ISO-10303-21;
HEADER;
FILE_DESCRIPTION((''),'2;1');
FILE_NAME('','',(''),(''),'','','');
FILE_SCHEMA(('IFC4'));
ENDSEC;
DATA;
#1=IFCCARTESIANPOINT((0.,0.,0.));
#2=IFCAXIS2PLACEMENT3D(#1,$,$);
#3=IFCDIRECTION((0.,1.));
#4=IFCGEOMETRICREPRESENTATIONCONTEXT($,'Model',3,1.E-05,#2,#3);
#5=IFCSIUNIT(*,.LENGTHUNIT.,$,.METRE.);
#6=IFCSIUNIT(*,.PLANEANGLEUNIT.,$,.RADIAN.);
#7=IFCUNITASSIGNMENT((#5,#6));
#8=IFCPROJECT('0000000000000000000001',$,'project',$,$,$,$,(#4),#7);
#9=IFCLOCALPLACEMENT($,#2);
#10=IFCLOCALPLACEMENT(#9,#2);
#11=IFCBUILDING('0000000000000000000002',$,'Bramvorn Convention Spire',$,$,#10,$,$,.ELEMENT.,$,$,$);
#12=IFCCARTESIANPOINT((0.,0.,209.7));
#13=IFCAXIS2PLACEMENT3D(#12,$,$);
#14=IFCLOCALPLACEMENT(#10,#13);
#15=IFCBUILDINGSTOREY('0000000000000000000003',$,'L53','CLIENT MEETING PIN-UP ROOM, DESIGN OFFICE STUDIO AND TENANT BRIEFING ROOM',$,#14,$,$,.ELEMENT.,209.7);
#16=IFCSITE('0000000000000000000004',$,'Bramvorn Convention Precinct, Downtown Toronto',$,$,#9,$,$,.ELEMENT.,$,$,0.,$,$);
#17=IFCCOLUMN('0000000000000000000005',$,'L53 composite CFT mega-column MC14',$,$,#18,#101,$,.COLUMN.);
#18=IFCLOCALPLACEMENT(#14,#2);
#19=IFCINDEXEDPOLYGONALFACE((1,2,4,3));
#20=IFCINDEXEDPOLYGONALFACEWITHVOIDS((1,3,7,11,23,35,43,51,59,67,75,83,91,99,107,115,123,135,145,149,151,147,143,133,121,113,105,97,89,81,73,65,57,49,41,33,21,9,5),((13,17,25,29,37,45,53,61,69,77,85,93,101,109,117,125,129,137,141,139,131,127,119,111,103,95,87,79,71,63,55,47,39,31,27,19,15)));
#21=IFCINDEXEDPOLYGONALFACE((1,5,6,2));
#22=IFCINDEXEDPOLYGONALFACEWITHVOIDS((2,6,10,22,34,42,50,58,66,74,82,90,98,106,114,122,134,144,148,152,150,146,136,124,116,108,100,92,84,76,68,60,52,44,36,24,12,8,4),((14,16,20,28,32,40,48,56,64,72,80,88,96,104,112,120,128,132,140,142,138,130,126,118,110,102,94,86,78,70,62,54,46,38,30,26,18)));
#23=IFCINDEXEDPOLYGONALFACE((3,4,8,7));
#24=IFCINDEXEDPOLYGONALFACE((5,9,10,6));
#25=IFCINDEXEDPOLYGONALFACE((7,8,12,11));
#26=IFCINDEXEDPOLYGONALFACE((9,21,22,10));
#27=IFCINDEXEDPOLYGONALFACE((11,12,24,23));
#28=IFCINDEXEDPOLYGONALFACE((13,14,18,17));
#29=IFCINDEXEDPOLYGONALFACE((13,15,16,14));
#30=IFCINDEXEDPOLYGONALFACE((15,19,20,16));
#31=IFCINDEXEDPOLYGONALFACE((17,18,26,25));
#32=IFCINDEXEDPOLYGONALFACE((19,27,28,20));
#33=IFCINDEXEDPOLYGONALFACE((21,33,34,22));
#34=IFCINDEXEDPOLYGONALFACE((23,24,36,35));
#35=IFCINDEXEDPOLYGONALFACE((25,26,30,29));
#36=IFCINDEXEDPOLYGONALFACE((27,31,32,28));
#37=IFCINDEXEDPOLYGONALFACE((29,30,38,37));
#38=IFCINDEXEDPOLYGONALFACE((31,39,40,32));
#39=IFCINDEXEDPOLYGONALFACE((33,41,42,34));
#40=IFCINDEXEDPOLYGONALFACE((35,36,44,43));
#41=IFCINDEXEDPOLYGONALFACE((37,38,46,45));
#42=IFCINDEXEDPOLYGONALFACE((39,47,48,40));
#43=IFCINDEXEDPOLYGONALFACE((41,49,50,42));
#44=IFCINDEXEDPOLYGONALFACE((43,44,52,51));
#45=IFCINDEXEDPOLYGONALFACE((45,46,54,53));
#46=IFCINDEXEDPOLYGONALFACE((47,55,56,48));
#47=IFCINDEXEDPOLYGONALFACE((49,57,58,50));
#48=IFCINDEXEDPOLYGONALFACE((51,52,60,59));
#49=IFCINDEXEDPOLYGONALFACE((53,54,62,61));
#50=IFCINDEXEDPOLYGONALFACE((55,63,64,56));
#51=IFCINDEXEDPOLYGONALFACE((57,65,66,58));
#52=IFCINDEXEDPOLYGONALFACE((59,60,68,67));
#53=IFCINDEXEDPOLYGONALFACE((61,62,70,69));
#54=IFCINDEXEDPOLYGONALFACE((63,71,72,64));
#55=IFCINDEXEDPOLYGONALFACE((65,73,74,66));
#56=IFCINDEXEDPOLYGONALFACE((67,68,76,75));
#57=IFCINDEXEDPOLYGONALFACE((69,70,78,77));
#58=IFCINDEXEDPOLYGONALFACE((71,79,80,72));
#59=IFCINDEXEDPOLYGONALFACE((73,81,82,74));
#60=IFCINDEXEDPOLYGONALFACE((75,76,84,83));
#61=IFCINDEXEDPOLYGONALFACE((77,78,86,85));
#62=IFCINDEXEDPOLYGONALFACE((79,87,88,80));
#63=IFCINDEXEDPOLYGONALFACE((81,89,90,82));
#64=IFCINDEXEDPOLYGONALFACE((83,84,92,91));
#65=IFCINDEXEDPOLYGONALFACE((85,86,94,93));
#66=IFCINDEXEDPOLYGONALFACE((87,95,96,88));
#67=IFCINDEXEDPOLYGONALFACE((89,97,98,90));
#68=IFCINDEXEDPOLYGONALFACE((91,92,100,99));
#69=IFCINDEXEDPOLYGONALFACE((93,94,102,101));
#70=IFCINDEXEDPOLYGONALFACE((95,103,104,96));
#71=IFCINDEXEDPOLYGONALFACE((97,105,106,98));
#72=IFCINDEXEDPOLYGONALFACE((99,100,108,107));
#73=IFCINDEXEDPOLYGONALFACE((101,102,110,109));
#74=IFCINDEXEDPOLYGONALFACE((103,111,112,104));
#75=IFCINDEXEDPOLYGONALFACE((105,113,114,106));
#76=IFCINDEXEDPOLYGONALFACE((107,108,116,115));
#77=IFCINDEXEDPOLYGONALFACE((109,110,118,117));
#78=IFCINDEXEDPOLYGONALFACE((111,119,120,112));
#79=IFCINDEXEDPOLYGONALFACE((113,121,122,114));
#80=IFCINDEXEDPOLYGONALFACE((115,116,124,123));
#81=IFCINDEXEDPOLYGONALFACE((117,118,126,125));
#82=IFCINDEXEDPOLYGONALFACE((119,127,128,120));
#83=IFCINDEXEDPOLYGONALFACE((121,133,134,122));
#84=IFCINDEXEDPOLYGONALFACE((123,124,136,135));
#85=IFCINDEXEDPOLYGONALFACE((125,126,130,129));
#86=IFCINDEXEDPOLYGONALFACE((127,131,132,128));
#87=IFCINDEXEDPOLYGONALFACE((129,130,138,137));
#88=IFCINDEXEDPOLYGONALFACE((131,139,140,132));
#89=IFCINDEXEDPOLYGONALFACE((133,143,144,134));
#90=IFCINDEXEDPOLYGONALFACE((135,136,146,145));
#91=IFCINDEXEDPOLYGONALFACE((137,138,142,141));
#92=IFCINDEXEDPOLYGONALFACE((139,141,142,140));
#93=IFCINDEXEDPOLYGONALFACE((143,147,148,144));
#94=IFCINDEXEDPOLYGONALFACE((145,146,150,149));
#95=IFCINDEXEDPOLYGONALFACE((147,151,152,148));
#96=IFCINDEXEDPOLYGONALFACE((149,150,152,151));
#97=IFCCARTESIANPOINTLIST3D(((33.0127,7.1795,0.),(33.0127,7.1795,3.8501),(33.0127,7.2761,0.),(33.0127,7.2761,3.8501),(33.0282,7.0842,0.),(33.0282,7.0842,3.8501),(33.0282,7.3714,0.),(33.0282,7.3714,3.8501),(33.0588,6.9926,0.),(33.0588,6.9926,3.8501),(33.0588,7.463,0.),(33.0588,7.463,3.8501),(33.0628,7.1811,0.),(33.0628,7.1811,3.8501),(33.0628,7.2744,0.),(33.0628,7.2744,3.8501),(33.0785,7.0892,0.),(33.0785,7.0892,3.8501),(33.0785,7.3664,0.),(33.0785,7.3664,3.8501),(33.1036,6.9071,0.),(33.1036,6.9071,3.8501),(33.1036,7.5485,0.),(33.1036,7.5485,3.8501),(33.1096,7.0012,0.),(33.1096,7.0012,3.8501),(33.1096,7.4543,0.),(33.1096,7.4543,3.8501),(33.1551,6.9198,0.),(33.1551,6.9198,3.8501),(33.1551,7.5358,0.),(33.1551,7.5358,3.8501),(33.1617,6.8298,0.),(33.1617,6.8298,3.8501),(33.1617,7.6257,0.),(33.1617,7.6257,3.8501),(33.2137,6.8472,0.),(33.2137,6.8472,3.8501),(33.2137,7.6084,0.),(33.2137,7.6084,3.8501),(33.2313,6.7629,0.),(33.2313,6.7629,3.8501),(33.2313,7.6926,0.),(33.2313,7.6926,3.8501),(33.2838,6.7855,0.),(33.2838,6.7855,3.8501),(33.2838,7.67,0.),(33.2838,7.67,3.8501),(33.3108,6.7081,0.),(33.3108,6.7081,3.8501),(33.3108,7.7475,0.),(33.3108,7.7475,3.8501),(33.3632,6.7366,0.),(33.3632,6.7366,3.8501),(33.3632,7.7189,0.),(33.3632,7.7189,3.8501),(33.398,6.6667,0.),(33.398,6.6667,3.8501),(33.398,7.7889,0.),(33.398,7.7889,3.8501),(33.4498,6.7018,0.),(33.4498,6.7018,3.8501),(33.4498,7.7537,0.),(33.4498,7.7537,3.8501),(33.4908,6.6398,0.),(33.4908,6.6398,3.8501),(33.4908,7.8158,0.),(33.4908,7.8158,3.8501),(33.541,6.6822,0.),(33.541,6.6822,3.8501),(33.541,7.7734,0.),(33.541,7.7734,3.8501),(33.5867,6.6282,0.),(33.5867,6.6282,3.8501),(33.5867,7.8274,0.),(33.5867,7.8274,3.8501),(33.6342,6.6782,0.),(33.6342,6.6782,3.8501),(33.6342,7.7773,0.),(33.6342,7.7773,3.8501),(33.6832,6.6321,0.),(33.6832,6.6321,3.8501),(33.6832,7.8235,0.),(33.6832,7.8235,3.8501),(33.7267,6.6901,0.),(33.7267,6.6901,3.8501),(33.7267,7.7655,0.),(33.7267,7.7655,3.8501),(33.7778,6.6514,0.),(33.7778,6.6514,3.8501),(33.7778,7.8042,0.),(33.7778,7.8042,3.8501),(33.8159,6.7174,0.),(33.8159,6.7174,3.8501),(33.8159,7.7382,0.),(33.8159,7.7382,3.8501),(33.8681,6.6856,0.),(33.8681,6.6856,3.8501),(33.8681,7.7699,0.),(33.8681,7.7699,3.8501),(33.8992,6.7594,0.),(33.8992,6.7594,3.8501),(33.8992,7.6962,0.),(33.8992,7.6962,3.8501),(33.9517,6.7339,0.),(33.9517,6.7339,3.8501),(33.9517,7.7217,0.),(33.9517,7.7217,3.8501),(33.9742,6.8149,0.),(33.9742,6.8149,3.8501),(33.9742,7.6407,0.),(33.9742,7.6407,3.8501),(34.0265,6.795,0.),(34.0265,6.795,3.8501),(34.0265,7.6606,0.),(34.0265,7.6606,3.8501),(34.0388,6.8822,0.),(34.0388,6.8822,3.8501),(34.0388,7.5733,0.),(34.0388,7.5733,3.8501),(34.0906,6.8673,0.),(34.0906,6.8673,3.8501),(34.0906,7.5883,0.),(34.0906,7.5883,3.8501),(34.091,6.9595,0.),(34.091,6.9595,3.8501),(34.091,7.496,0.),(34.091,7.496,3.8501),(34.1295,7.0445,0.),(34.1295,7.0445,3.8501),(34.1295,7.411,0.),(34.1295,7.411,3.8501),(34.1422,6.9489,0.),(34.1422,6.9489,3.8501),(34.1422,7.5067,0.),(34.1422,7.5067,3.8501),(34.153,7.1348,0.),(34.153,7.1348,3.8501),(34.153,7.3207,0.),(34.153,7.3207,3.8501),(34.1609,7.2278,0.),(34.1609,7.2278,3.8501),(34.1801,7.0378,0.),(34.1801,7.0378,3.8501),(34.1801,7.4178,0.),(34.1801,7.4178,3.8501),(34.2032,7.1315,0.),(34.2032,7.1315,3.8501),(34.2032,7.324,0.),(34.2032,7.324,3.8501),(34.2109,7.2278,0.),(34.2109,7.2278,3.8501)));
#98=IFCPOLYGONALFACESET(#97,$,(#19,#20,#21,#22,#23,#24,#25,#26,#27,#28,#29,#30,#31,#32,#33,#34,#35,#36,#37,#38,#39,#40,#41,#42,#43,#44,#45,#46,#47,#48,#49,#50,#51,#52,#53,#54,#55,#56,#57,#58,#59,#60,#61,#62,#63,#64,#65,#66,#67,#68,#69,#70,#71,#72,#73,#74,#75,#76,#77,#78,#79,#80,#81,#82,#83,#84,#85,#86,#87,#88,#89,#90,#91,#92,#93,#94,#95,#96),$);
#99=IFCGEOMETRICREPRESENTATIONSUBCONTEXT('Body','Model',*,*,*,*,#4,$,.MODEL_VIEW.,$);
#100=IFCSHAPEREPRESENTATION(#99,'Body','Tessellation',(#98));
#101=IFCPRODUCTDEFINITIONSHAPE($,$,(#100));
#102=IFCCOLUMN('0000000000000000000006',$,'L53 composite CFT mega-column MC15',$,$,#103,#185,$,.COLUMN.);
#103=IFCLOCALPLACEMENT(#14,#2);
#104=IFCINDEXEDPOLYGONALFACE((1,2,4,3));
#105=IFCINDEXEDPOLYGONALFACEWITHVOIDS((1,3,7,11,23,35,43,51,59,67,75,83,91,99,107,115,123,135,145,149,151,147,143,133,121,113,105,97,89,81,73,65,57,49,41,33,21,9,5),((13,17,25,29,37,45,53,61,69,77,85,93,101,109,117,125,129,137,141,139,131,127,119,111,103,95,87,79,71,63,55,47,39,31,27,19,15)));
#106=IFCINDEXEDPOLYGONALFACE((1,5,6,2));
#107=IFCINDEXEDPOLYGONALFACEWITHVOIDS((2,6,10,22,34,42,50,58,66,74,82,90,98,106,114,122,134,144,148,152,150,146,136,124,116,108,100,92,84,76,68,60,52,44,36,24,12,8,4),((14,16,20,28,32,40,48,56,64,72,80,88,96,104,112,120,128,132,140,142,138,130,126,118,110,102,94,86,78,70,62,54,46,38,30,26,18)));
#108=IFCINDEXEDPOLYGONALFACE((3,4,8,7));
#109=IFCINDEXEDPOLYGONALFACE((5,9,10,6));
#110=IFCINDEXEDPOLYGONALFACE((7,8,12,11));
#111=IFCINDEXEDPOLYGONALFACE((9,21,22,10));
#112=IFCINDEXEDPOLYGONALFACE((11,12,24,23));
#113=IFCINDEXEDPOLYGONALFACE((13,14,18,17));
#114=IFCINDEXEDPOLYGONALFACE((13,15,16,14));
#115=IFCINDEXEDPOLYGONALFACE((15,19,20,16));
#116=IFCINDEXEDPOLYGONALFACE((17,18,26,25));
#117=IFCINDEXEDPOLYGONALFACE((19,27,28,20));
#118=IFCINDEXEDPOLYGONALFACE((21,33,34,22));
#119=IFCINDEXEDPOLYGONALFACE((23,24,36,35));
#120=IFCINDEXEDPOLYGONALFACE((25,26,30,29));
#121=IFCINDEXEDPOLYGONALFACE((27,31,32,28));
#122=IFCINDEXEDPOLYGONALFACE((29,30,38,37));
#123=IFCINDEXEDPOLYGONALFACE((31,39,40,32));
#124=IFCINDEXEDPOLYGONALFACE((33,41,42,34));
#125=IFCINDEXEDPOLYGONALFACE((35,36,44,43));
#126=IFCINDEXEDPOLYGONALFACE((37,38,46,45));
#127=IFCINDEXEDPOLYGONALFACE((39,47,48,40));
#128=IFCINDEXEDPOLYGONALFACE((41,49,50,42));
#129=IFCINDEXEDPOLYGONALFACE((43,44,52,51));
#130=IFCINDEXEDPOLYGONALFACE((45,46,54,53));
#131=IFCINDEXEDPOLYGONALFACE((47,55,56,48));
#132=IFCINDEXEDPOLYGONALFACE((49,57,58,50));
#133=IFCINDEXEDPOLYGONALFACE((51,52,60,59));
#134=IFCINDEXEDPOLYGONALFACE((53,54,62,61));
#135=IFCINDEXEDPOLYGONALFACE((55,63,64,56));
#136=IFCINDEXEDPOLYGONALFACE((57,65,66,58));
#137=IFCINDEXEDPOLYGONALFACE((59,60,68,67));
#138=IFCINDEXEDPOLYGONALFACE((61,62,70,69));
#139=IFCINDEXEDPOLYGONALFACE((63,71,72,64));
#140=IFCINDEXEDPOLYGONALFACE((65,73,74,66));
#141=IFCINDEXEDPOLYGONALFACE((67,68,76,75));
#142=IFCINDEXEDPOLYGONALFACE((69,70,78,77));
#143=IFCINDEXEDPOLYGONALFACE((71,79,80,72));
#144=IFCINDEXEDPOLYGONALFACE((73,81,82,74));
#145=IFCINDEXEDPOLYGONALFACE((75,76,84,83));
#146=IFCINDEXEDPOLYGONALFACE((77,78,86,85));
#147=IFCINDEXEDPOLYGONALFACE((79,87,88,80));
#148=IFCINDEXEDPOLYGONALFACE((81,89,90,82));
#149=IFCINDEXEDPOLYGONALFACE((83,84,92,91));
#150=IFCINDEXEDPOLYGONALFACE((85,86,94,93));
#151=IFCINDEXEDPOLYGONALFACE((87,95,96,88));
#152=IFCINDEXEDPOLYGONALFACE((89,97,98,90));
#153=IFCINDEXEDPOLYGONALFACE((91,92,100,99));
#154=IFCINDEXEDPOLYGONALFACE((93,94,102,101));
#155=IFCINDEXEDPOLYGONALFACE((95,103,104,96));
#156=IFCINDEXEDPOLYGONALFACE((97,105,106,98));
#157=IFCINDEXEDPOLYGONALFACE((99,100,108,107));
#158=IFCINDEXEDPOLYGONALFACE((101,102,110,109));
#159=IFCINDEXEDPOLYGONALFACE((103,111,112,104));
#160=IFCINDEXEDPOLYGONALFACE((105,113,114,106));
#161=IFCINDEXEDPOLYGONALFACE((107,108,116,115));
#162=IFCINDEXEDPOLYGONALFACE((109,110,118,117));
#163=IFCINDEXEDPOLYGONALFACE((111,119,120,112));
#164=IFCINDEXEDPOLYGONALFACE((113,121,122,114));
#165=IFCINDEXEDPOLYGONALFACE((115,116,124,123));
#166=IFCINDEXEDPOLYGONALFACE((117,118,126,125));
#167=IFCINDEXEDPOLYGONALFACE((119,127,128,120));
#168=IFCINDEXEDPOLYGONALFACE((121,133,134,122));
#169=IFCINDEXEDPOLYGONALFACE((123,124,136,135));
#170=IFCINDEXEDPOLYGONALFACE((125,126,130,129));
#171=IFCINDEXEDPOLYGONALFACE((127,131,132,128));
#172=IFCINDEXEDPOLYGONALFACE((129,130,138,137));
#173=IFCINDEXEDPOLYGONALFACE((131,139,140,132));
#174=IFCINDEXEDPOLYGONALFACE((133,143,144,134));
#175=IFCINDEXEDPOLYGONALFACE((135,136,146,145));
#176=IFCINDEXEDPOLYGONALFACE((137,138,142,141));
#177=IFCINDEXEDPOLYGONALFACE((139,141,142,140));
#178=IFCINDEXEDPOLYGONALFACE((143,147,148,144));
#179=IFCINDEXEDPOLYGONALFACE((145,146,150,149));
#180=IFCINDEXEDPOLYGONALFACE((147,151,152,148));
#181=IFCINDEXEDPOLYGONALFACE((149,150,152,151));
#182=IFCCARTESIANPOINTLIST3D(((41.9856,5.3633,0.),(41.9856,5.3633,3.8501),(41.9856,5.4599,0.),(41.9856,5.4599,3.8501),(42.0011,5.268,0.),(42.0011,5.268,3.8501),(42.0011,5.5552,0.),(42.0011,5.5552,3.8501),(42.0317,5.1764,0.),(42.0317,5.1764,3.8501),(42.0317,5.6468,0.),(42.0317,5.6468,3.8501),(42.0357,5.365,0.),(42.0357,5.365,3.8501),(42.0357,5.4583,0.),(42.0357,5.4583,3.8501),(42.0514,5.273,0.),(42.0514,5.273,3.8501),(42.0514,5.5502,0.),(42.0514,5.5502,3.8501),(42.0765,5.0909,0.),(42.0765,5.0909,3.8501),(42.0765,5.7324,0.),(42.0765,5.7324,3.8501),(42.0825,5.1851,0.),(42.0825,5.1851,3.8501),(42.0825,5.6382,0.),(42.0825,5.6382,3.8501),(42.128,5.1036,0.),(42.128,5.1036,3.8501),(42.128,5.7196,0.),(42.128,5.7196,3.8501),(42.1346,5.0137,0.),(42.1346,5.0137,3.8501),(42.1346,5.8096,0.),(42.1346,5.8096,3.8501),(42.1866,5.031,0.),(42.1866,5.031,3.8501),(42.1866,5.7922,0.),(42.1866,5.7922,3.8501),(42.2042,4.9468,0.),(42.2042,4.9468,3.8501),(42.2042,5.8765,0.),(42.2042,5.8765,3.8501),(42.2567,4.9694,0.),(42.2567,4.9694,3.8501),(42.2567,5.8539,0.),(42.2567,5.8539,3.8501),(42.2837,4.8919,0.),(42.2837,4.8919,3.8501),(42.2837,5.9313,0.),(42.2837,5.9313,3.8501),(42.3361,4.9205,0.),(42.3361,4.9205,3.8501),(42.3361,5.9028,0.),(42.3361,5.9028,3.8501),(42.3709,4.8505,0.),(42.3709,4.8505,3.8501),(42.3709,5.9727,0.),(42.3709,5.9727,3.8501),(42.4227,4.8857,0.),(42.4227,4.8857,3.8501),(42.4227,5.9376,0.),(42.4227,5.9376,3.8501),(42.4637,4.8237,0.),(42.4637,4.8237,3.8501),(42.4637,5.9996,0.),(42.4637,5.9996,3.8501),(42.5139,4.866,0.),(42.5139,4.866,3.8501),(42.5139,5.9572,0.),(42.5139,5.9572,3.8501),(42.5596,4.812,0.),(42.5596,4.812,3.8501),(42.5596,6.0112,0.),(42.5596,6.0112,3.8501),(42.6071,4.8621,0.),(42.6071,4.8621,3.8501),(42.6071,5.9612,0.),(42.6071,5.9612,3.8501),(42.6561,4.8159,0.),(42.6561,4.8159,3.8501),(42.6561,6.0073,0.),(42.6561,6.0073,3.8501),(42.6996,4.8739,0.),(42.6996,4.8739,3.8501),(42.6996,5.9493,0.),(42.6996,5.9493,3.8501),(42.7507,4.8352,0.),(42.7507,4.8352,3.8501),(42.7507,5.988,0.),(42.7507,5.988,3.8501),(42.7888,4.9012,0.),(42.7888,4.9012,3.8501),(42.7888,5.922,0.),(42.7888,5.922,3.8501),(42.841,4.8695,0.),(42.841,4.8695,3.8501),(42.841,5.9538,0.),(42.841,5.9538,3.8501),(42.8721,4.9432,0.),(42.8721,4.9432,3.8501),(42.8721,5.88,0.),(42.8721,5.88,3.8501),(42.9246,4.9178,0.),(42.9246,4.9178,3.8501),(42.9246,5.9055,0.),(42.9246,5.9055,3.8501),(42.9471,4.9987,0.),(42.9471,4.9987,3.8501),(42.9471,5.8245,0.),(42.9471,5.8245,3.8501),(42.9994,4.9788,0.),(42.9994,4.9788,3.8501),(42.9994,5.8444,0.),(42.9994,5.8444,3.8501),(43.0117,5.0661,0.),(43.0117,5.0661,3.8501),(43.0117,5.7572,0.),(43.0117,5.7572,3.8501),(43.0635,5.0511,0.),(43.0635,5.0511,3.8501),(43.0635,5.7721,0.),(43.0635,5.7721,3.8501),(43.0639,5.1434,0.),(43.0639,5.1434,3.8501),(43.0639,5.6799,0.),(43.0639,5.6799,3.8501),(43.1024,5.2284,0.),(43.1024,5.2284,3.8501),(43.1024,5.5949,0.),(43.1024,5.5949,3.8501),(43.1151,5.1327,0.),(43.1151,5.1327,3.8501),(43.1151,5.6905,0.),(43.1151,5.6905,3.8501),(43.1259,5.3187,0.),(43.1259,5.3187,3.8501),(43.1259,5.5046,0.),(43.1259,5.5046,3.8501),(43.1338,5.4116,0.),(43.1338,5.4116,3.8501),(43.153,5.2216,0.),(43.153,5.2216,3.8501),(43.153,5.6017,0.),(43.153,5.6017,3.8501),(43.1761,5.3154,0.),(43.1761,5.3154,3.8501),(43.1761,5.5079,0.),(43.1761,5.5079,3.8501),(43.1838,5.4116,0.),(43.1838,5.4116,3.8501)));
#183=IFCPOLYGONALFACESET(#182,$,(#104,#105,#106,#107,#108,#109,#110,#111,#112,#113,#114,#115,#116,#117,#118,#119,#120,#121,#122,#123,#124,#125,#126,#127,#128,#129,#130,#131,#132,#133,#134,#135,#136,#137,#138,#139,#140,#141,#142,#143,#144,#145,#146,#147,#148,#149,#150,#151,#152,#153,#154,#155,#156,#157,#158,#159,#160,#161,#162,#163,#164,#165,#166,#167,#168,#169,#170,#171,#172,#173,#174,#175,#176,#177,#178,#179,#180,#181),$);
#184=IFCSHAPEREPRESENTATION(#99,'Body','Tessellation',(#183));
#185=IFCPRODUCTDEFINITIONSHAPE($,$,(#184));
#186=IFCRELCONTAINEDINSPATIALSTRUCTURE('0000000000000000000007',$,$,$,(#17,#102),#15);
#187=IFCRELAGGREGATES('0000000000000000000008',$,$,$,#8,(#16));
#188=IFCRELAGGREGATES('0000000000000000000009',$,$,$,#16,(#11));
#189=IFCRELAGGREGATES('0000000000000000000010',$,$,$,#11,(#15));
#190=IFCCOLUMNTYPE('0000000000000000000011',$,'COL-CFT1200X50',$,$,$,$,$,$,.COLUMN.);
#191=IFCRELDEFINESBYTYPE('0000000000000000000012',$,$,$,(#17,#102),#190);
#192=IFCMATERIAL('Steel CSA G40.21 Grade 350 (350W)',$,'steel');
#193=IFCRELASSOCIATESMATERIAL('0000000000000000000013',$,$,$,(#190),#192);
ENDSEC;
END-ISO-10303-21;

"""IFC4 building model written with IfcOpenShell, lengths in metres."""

from ifc_helpers import new_model, si_unit, direction, frame, origin, origin_2d, place, context, subcontext, project, spatial, hollow_circle, extrude, material, material_profile, profile_set, type_object, element, save


model = new_model("IFC4")

# Units and contexts
model_context = context("Model", 3, precision=1e-05, world=origin(), true_north=direction((0.0, 1.0)))
body_context = subcontext(model_context, "Body", "Model", "MODEL_VIEW")
ifc_project = project(units=[si_unit("LENGTHUNIT", "METRE"), si_unit("PLANEANGLEUNIT", "RADIAN")], contexts=[model_context])

# Site, building, storey
site_placement = place(None, origin())
site = spatial("IfcSite", under=ifc_project, at=site_placement, Name="Bramvorn Convention Precinct, Downtown Toronto", CompositionType="ELEMENT", RefElevation=0.0)
building_placement = place(site_placement, origin())
building = spatial("IfcBuilding", under=site, at=building_placement, Name="Bramvorn Convention Spire", CompositionType="ELEMENT")
storey_placement = place(building_placement, frame((0.0, 0.0, 209.7)))
storey = spatial("IfcBuildingStorey", under=building, at=storey_placement, Name="L53", Description="CLIENT MEETING PIN-UP ROOM, DESIGN OFFICE STUDIO AND TENANT BRIEFING ROOM", CompositionType="ELEMENT", Elevation=209.7)

# Columns
ifc_material_1 = material(Name="Steel CSA G40.21 Grade 350 (350W)", Category="steel")
ifc_material_profile_1 = material_profile(ifc_material_1, hollow_circle(Radius=0.6001, WallThickness=0.05, at=origin_2d()))
ifc_profile_set_1 = profile_set([ifc_material_profile_1], Name="Steel CSA G40.21 Grade 350 (350W) - CFT1200X50")
column_type = type_object("IfcColumnType", Name="COL-CFT1200X50", PredefinedType="COLUMN", material=ifc_profile_set_1)
for number, where, z_axis, x_axis, name in (
    (1, (33.6108, 7.2278, 0.0), (0.0, 0.0, 1.0), (1.0, 0.0, 0.0), "L53 composite CFT mega-column MC14"),
    (2, (42.5837, 5.4116, 0.0), (0.0, 0.0, 1.0), (1.0, 0.0, 0.0), "L53 composite CFT mega-column MC15"),
):
    element("IfcColumn", number, at=place(storey_placement, frame(where, z_axis=z_axis, x_axis=x_axis)), inside=storey, type_object=column_type, Name=name, PredefinedType="COLUMN", context=body_context, shape_type="SweptSolid", body=[
        extrude(hollow_circle(Radius=0.6001, WallThickness=0.05, at=origin_2d()), origin(), (0.0, 0.0, 1.0), 3.8501),
    ])

save(model, "model.ifc")
